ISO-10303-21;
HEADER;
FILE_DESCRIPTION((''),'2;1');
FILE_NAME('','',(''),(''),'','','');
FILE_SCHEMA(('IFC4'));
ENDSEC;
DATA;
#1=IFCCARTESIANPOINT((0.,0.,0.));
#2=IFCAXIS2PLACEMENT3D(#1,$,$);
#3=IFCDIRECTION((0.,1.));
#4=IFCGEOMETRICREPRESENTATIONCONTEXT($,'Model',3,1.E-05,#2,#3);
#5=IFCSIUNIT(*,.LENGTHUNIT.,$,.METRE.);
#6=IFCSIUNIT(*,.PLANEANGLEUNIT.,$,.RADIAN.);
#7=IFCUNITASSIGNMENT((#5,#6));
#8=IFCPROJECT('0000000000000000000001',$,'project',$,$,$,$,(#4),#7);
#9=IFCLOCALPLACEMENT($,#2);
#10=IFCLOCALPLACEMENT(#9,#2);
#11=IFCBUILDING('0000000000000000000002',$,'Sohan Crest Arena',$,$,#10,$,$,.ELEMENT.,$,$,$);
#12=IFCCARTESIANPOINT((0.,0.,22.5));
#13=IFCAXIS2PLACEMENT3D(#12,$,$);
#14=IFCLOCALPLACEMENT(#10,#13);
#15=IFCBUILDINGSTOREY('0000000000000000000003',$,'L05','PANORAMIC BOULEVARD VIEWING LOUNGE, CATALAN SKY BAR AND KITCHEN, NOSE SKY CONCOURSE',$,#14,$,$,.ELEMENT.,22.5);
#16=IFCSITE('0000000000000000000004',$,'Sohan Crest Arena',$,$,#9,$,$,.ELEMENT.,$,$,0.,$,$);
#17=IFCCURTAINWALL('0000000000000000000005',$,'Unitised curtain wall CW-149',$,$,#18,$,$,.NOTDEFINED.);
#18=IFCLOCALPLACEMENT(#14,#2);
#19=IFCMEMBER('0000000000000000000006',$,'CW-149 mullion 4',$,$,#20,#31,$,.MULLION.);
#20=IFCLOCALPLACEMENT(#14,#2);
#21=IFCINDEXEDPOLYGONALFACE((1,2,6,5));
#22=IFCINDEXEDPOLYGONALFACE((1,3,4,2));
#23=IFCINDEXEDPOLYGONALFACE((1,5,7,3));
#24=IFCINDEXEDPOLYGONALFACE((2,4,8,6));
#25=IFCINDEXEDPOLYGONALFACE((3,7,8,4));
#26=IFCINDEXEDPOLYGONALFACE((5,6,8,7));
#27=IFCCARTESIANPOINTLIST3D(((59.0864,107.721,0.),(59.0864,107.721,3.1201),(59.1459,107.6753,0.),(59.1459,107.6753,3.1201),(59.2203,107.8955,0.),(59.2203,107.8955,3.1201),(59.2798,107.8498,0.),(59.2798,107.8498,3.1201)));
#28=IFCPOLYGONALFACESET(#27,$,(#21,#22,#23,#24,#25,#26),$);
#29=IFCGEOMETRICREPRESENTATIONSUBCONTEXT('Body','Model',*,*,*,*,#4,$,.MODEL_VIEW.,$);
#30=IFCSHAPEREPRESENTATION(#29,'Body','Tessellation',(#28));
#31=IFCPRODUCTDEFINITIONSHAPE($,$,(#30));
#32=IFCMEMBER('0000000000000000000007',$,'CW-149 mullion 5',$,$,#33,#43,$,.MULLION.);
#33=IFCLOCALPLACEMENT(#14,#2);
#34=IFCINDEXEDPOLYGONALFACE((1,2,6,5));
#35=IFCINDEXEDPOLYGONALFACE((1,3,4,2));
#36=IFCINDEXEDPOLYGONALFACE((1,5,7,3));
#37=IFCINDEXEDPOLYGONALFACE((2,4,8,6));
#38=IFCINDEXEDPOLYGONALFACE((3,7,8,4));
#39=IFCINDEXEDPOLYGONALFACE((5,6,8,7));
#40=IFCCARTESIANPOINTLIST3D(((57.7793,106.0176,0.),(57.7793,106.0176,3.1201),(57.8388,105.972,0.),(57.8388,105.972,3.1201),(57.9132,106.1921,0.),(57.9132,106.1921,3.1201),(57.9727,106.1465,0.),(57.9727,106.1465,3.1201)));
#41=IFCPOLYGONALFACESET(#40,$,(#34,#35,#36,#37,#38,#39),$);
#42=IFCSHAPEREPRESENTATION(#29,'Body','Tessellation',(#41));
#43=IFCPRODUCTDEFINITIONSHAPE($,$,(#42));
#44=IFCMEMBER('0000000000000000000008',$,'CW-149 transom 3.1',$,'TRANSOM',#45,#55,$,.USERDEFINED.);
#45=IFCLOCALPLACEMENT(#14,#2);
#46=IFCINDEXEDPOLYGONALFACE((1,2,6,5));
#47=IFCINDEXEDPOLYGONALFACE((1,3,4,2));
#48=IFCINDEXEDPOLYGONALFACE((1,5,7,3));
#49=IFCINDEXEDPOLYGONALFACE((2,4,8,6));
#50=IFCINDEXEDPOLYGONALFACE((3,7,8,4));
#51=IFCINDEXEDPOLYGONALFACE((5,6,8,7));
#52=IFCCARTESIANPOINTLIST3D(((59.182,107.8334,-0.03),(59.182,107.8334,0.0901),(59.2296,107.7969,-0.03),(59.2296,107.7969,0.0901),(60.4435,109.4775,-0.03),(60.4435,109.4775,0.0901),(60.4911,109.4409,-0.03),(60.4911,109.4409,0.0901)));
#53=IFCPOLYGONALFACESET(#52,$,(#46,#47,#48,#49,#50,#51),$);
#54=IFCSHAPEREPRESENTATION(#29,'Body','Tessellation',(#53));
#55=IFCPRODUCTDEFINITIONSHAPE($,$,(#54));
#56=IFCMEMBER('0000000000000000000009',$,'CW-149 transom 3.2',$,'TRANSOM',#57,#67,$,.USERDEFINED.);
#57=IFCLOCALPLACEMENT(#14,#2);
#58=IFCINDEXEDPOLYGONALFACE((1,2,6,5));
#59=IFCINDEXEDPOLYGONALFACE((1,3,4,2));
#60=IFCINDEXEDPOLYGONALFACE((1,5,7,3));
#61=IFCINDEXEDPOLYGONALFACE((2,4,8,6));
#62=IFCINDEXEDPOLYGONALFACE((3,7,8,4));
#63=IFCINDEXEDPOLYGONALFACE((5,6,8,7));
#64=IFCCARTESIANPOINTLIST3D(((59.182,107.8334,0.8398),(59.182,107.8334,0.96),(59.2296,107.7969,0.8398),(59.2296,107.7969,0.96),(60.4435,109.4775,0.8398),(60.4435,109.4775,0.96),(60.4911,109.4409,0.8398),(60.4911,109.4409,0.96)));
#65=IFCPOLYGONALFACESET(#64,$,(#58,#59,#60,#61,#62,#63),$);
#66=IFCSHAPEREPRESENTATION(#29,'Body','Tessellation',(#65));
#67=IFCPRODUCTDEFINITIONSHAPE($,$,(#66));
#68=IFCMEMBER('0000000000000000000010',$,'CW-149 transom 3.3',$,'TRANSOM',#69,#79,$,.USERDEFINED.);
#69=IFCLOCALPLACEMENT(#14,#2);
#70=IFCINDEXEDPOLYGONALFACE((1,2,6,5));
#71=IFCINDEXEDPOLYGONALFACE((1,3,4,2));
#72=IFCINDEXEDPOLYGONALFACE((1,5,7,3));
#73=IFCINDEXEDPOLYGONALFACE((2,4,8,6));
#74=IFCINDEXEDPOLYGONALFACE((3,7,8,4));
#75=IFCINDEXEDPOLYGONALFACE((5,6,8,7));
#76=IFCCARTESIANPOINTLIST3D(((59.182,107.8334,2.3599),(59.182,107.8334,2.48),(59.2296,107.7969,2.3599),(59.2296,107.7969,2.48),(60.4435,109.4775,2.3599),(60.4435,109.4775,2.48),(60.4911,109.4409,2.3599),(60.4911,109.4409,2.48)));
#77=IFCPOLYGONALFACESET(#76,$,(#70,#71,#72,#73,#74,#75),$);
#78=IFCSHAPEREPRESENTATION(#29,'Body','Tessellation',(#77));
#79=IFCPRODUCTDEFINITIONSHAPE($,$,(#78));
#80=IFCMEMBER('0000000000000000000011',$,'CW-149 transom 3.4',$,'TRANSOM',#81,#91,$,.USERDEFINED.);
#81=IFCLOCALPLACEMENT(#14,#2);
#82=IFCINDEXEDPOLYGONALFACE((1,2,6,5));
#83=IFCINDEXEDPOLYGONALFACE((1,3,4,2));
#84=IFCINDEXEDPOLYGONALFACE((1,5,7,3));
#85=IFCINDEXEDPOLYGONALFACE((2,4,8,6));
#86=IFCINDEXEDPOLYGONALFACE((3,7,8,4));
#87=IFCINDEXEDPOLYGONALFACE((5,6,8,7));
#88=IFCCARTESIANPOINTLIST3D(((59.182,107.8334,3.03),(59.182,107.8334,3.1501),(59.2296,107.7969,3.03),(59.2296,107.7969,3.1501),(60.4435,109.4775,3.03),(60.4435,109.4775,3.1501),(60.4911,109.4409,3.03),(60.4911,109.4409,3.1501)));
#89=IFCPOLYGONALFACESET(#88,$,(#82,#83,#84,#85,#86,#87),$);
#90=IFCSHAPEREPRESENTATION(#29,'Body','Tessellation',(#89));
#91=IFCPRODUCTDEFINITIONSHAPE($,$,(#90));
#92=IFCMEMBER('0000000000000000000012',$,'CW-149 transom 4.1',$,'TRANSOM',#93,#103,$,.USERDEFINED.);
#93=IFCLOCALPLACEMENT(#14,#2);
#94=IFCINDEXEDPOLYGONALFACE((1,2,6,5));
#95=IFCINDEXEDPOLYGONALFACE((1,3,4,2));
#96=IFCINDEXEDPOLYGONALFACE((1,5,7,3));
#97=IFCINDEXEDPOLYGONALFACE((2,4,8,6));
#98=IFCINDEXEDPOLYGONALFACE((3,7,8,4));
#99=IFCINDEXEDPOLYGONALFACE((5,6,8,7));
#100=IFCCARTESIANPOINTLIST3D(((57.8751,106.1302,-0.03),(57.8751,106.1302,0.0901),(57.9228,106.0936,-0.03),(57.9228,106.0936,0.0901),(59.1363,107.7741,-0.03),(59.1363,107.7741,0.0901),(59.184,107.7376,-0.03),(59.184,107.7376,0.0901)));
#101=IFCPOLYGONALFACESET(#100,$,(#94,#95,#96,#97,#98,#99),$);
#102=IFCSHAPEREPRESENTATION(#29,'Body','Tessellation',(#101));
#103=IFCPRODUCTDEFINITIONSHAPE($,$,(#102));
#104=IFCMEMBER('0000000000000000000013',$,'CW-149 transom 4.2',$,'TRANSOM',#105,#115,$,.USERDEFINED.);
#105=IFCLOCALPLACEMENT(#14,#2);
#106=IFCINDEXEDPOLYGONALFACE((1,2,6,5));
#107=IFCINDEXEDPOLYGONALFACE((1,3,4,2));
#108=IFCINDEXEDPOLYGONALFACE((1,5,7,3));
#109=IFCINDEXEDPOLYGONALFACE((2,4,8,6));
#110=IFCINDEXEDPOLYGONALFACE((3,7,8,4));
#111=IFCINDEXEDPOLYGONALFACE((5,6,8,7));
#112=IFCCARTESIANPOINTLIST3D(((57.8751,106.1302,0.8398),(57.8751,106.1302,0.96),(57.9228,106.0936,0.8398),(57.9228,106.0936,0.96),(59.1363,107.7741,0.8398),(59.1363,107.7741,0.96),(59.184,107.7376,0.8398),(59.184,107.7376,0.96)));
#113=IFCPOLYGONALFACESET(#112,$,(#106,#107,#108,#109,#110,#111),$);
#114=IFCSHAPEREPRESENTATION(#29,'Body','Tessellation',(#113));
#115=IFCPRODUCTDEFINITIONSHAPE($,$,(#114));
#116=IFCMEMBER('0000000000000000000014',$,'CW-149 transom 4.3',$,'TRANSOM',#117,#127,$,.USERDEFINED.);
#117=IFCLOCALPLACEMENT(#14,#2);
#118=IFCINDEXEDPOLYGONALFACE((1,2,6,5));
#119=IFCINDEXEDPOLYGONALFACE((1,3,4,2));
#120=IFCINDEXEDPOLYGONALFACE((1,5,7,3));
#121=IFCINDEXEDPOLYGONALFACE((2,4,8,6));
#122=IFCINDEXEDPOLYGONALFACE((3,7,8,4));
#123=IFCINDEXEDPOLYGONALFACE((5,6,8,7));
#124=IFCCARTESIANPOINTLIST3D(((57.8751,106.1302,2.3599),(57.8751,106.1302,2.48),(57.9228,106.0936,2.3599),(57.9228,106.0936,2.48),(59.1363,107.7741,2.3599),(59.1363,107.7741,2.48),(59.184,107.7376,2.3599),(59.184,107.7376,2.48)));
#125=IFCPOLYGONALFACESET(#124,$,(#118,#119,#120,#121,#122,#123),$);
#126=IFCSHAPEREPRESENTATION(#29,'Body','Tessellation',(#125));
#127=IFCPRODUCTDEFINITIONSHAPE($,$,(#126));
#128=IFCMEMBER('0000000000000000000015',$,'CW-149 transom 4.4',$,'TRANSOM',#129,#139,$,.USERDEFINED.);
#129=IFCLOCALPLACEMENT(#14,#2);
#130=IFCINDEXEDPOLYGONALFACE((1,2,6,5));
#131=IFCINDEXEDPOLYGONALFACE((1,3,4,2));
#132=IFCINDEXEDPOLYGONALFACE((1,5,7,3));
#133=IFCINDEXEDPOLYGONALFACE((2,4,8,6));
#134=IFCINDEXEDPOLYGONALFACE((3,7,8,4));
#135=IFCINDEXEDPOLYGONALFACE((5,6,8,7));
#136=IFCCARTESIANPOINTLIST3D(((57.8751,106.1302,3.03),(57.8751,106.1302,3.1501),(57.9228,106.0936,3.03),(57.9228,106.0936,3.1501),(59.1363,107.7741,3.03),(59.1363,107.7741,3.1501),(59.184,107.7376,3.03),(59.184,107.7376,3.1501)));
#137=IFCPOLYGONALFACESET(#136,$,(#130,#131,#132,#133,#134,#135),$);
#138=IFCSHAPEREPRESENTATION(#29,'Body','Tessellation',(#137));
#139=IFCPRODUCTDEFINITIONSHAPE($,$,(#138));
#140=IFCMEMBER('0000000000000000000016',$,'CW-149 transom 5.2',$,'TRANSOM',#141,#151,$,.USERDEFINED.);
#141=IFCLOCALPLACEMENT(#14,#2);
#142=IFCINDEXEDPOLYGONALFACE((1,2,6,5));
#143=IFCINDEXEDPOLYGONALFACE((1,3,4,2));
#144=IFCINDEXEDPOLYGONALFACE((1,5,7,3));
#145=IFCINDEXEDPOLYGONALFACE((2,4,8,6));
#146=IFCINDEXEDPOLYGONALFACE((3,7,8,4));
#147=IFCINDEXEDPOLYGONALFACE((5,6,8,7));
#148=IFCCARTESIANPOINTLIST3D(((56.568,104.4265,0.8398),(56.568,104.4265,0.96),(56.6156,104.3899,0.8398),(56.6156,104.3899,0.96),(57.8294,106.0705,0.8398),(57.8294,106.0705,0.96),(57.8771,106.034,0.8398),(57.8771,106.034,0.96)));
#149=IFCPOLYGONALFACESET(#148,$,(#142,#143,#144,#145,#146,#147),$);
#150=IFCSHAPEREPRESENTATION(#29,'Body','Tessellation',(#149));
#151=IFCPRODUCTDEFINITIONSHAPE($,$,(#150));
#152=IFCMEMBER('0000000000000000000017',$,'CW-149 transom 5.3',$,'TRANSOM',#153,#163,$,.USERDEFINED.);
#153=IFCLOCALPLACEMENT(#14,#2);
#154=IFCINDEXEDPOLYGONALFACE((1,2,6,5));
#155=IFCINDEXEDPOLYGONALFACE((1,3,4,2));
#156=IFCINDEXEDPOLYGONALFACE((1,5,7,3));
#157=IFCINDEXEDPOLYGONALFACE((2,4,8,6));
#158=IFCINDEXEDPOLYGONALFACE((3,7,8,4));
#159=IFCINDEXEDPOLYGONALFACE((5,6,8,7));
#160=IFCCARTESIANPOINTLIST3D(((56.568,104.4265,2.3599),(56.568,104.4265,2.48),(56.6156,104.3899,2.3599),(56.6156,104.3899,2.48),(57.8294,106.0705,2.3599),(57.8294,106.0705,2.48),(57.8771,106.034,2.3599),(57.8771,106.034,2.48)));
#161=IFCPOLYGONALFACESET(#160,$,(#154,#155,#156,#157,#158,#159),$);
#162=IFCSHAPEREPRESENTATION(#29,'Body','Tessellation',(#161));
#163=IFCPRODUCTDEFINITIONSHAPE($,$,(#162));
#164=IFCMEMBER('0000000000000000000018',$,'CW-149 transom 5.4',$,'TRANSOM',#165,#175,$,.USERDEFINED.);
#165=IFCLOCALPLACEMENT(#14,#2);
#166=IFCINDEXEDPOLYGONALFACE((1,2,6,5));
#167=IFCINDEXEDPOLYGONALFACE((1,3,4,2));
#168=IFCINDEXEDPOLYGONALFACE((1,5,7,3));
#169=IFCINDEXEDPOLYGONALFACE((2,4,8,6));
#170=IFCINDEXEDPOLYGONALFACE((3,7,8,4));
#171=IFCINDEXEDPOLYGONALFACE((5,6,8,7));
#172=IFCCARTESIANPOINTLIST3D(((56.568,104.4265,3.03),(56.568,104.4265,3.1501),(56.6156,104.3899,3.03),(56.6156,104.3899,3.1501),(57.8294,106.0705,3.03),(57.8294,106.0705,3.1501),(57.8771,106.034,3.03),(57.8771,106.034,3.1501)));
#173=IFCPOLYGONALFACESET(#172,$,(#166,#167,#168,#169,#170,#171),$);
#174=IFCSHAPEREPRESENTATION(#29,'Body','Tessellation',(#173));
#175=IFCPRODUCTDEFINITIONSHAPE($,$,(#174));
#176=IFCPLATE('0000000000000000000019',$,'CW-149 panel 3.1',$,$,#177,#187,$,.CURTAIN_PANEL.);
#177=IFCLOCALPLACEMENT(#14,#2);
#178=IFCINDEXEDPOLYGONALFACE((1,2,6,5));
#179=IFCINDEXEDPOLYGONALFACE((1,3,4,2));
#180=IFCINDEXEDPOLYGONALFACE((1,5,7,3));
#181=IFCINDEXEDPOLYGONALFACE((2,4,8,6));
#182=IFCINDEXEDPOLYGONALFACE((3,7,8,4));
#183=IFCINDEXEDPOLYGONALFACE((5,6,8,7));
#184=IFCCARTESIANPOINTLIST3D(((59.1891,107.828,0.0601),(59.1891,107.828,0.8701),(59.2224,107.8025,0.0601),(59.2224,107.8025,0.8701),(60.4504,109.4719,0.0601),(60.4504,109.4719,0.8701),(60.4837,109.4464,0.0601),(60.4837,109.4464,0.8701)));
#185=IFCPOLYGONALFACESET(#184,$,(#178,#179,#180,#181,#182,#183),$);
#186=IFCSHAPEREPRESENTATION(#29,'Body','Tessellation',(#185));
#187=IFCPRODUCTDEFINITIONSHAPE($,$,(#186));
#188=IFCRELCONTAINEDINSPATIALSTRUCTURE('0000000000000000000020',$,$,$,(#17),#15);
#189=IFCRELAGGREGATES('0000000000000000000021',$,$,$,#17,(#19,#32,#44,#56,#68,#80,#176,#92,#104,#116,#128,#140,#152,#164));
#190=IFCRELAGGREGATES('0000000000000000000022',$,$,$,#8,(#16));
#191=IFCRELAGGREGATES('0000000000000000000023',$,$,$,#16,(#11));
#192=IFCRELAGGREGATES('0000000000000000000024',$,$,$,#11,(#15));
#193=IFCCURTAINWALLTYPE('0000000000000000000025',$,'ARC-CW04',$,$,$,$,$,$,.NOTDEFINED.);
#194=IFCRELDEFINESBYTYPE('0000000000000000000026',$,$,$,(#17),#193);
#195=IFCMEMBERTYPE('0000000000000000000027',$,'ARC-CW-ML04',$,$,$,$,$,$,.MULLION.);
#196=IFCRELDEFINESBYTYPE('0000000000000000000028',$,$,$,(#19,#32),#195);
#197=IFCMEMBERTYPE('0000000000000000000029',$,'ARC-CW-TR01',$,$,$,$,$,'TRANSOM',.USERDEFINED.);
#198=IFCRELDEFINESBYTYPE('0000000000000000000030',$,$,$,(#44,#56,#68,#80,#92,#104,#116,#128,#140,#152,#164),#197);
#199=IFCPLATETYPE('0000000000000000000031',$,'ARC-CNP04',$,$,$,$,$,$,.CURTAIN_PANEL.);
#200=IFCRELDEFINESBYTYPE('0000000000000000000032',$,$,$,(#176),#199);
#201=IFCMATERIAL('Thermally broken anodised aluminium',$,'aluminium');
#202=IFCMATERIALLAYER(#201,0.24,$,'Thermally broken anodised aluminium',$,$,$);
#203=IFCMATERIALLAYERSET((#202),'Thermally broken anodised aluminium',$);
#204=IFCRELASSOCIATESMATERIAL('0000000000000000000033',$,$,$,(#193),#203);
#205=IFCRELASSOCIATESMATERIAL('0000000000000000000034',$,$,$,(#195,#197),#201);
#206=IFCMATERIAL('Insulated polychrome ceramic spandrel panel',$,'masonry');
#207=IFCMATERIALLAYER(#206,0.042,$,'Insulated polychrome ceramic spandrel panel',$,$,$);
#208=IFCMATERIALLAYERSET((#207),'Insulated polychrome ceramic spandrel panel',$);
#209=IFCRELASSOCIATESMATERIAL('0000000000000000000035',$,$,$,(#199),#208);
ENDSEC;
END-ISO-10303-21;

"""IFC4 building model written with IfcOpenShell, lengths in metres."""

from ifc_helpers import new_model, si_unit, direction, frame, origin, origin_2d, place, context, subcontext, project, spatial, rectangle, extrude, material, layer, layer_set, material_profile, profile_set, type_object, element, aggregate, save


model = new_model("IFC4")

# Units and contexts
model_context = context("Model", 3, precision=1e-05, world=origin(), true_north=direction((0.0, 1.0)))
body_context = subcontext(model_context, "Body", "Model", "MODEL_VIEW")
ifc_project = project(units=[si_unit("LENGTHUNIT", "METRE"), si_unit("PLANEANGLEUNIT", "RADIAN")], contexts=[model_context])

# Site, building, storey
site_placement = place(None, origin())
site = spatial("IfcSite", under=ifc_project, at=site_placement, Name="Sohan Crest Arena", CompositionType="ELEMENT", RefElevation=0.0)
building_placement = place(site_placement, origin())
building = spatial("IfcBuilding", under=site, at=building_placement, Name="Sohan Crest Arena", CompositionType="ELEMENT")
storey_placement = place(building_placement, frame((0.0, 0.0, 22.5)))
storey = spatial("IfcBuildingStorey", under=building, at=storey_placement, Name="L05", Description="PANORAMIC BOULEVARD VIEWING LOUNGE, CATALAN SKY BAR AND KITCHEN, NOSE SKY CONCOURSE", CompositionType="ELEMENT", Elevation=22.5)

# Curtain wall, members, plate
ifc_material_1 = material(Name="Thermally broken anodised aluminium", Category="aluminium")
ifc_layer_1 = layer(ifc_material_1, 0.24, Name="Thermally broken anodised aluminium")
ifc_layer_set_1 = layer_set([ifc_layer_1], Name="Thermally broken anodised aluminium")
curtain_wall_type = type_object("IfcCurtainWallType", Name="ARC-CW04", PredefinedType="NOTDEFINED", material=ifc_layer_set_1)
curtain_wall_placement = place(storey_placement, origin())
curtain_wall = element("IfcCurtainWall", 1, at=curtain_wall_placement, inside=storey, type_object=curtain_wall_type, Name="Unitised curtain wall CW-149", PredefinedType="NOTDEFINED")
ifc_material_profile_1 = material_profile(ifc_material_1, rectangle(XDim=0.075, YDim=0.22, at=origin_2d()), Name="ALU-MULL 75x220")
ifc_profile_set_1 = profile_set([ifc_material_profile_1], Name="Thermally broken anodised aluminium")
member_type_1 = type_object("IfcMemberType", Name="ARC-CW-ML04", PredefinedType="MULLION", material=ifc_profile_set_1)
member_1_placement = place(storey_placement, frame((59.1831, 107.7854, 0.0), z_axis=(0.0, 0.0, 1.0), x_axis=(0.793385, -0.60872, 0.0)))
member_1 = element("IfcMember", 2, at=member_1_placement, type_object=member_type_1, Name="CW-149 mullion 4", PredefinedType="MULLION", context=body_context, shape_type="SweptSolid", body=[
    extrude(rectangle(XDim=0.075, YDim=0.22, at=origin_2d()), origin(), (0.0, 0.0, 1.0), 3.1201),
])
member_2_placement = place(storey_placement, frame((57.876, 106.082, 0.0), z_axis=(0.0, 0.0, 1.0), x_axis=(0.793385, -0.60872, 0.0)))
member_2 = element("IfcMember", 3, at=member_2_placement, type_object=member_type_1, Name="CW-149 mullion 5", PredefinedType="MULLION", context=body_context, shape_type="SweptSolid", body=[
    extrude(rectangle(XDim=0.075, YDim=0.22, at=origin_2d()), origin(), (0.0, 0.0, 1.0), 3.1201),
])
ifc_material_profile_2 = material_profile(ifc_material_1, rectangle(XDim=0.0601, YDim=0.1201, at=origin_2d()), Name="ALU-TRAN 60x120")
ifc_profile_set_2 = profile_set([ifc_material_profile_2], Name="Thermally broken anodised aluminium")
member_type_2 = type_object("IfcMemberType", Name="ARC-CW-TR01", ElementType="TRANSOM", PredefinedType="USERDEFINED", material=ifc_profile_set_2)
member_3_placement = place(storey_placement, frame((60.4673, 109.4592, 0.03), z_axis=(-0.608748, -0.793364, 0.0), x_axis=(0.793364, -0.608748, 0.0)))
member_3 = element("IfcMember", 4, at=member_3_placement, type_object=member_type_2, Name="CW-149 transom 3.1", ObjectType="TRANSOM", PredefinedType="USERDEFINED", context=body_context, shape_type="SweptSolid", body=[
    extrude(rectangle(XDim=0.0601, YDim=0.1201, at=origin_2d()), origin(), (0.0, 0.0, 1.0), 2.0723),
])
member_4_placement = place(storey_placement, frame((60.4673, 109.4592, 0.8999), z_axis=(-0.608748, -0.793364, 0.0), x_axis=(0.793364, -0.608748, 0.0)))
member_4 = element("IfcMember", 5, at=member_4_placement, type_object=member_type_2, Name="CW-149 transom 3.2", ObjectType="TRANSOM", PredefinedType="USERDEFINED", context=body_context, shape_type="SweptSolid", body=[
    extrude(rectangle(XDim=0.0601, YDim=0.1201, at=origin_2d()), origin(), (0.0, 0.0, 1.0), 2.0723),
])
member_5_placement = place(storey_placement, frame((60.4673, 109.4592, 2.4199), z_axis=(-0.608748, -0.793364, 0.0), x_axis=(0.793364, -0.608748, 0.0)))
member_5 = element("IfcMember", 6, at=member_5_placement, type_object=member_type_2, Name="CW-149 transom 3.3", ObjectType="TRANSOM", PredefinedType="USERDEFINED", context=body_context, shape_type="SweptSolid", body=[
    extrude(rectangle(XDim=0.0601, YDim=0.1201, at=origin_2d()), origin(), (0.0, 0.0, 1.0), 2.0723),
])
member_6_placement = place(storey_placement, frame((60.4673, 109.4592, 3.0901), z_axis=(-0.608748, -0.793364, 0.0), x_axis=(0.793364, -0.608748, 0.0)))
member_6 = element("IfcMember", 7, at=member_6_placement, type_object=member_type_2, Name="CW-149 transom 3.4", ObjectType="TRANSOM", PredefinedType="USERDEFINED", context=body_context, shape_type="SweptSolid", body=[
    extrude(rectangle(XDim=0.0601, YDim=0.1201, at=origin_2d()), origin(), (0.0, 0.0, 1.0), 2.0723),
])
member_7_placement = place(storey_placement, frame((59.1602, 107.7559, 0.03), z_axis=(-0.608674, -0.79342, 0.0), x_axis=(0.79342, -0.608674, 0.0)))
member_7 = element("IfcMember", 8, at=member_7_placement, type_object=member_type_2, Name="CW-149 transom 4.1", ObjectType="TRANSOM", PredefinedType="USERDEFINED", context=body_context, shape_type="SweptSolid", body=[
    extrude(rectangle(XDim=0.0601, YDim=0.1201, at=origin_2d()), origin(), (0.0, 0.0, 1.0), 2.072),
])
member_8_placement = place(storey_placement, frame((59.1602, 107.7559, 0.8999), z_axis=(-0.608674, -0.79342, 0.0), x_axis=(0.79342, -0.608674, 0.0)))
member_8 = element("IfcMember", 9, at=member_8_placement, type_object=member_type_2, Name="CW-149 transom 4.2", ObjectType="TRANSOM", PredefinedType="USERDEFINED", context=body_context, shape_type="SweptSolid", body=[
    extrude(rectangle(XDim=0.0601, YDim=0.1201, at=origin_2d()), origin(), (0.0, 0.0, 1.0), 2.072),
])
member_9_placement = place(storey_placement, frame((59.1602, 107.7559, 2.4199), z_axis=(-0.608674, -0.79342, 0.0), x_axis=(0.79342, -0.608674, 0.0)))
member_9 = element("IfcMember", 10, at=member_9_placement, type_object=member_type_2, Name="CW-149 transom 4.3", ObjectType="TRANSOM", PredefinedType="USERDEFINED", context=body_context, shape_type="SweptSolid", body=[
    extrude(rectangle(XDim=0.0601, YDim=0.1201, at=origin_2d()), origin(), (0.0, 0.0, 1.0), 2.072),
])
member_10_placement = place(storey_placement, frame((59.1602, 107.7559, 3.0901), z_axis=(-0.608674, -0.79342, 0.0), x_axis=(0.79342, -0.608674, 0.0)))
member_10 = element("IfcMember", 11, at=member_10_placement, type_object=member_type_2, Name="CW-149 transom 4.4", ObjectType="TRANSOM", PredefinedType="USERDEFINED", context=body_context, shape_type="SweptSolid", body=[
    extrude(rectangle(XDim=0.0601, YDim=0.1201, at=origin_2d()), origin(), (0.0, 0.0, 1.0), 2.072),
])
member_11_placement = place(storey_placement, frame((57.8533, 106.0522, 0.8999), z_axis=(-0.608748, -0.793364, 0.0), x_axis=(0.793364, -0.608748, 0.0)))
member_11 = element("IfcMember", 12, at=member_11_placement, type_object=member_type_2, Name="CW-149 transom 5.2", ObjectType="TRANSOM", PredefinedType="USERDEFINED", context=body_context, shape_type="SweptSolid", body=[
    extrude(rectangle(XDim=0.0601, YDim=0.1201, at=origin_2d()), origin(), (0.0, 0.0, 1.0), 2.0723),
])
member_12_placement = place(storey_placement, frame((57.8533, 106.0522, 2.4199), z_axis=(-0.608748, -0.793364, 0.0), x_axis=(0.793364, -0.608748, 0.0)))
member_12 = element("IfcMember", 13, at=member_12_placement, type_object=member_type_2, Name="CW-149 transom 5.3", ObjectType="TRANSOM", PredefinedType="USERDEFINED", context=body_context, shape_type="SweptSolid", body=[
    extrude(rectangle(XDim=0.0601, YDim=0.1201, at=origin_2d()), origin(), (0.0, 0.0, 1.0), 2.0723),
])
member_13_placement = place(storey_placement, frame((57.8533, 106.0522, 3.0901), z_axis=(-0.608748, -0.793364, 0.0), x_axis=(0.793364, -0.608748, 0.0)))
member_13 = element("IfcMember", 14, at=member_13_placement, type_object=member_type_2, Name="CW-149 transom 5.4", ObjectType="TRANSOM", PredefinedType="USERDEFINED", context=body_context, shape_type="SweptSolid", body=[
    extrude(rectangle(XDim=0.0601, YDim=0.1201, at=origin_2d()), origin(), (0.0, 0.0, 1.0), 2.0723),
])
ifc_material_2 = material(Name="Insulated polychrome ceramic spandrel panel", Category="masonry")
ifc_layer_2 = layer(ifc_material_2, 0.042, Name="Insulated polychrome ceramic spandrel panel")
ifc_layer_set_2 = layer_set([ifc_layer_2], Name="Insulated polychrome ceramic spandrel panel")
plate_type = type_object("IfcPlateType", Name="ARC-CNP04", PredefinedType="CURTAIN_PANEL", material=ifc_layer_set_2)
plate_1_placement = place(storey_placement, frame((59.8364, 108.6372, 0.0601), z_axis=(0.0, 0.0, 1.0), x_axis=(-0.60872, -0.793385, 0.0)))
plate_1 = element("IfcPlate", 15, at=plate_1_placement, type_object=plate_type, Name="CW-149 panel 3.1", PredefinedType="CURTAIN_PANEL", context=body_context, shape_type="SweptSolid", body=[
    extrude(rectangle(XDim=2.072, YDim=0.042, at=origin_2d()), origin(), (0.0, 0.0, 1.0), 0.8101),
])
aggregate(curtain_wall, [member_1, member_2, member_3, member_4, member_5, member_6, plate_1, member_7, member_8, member_9, member_10, member_11, member_12, member_13])

save(model, "model.ifc")
